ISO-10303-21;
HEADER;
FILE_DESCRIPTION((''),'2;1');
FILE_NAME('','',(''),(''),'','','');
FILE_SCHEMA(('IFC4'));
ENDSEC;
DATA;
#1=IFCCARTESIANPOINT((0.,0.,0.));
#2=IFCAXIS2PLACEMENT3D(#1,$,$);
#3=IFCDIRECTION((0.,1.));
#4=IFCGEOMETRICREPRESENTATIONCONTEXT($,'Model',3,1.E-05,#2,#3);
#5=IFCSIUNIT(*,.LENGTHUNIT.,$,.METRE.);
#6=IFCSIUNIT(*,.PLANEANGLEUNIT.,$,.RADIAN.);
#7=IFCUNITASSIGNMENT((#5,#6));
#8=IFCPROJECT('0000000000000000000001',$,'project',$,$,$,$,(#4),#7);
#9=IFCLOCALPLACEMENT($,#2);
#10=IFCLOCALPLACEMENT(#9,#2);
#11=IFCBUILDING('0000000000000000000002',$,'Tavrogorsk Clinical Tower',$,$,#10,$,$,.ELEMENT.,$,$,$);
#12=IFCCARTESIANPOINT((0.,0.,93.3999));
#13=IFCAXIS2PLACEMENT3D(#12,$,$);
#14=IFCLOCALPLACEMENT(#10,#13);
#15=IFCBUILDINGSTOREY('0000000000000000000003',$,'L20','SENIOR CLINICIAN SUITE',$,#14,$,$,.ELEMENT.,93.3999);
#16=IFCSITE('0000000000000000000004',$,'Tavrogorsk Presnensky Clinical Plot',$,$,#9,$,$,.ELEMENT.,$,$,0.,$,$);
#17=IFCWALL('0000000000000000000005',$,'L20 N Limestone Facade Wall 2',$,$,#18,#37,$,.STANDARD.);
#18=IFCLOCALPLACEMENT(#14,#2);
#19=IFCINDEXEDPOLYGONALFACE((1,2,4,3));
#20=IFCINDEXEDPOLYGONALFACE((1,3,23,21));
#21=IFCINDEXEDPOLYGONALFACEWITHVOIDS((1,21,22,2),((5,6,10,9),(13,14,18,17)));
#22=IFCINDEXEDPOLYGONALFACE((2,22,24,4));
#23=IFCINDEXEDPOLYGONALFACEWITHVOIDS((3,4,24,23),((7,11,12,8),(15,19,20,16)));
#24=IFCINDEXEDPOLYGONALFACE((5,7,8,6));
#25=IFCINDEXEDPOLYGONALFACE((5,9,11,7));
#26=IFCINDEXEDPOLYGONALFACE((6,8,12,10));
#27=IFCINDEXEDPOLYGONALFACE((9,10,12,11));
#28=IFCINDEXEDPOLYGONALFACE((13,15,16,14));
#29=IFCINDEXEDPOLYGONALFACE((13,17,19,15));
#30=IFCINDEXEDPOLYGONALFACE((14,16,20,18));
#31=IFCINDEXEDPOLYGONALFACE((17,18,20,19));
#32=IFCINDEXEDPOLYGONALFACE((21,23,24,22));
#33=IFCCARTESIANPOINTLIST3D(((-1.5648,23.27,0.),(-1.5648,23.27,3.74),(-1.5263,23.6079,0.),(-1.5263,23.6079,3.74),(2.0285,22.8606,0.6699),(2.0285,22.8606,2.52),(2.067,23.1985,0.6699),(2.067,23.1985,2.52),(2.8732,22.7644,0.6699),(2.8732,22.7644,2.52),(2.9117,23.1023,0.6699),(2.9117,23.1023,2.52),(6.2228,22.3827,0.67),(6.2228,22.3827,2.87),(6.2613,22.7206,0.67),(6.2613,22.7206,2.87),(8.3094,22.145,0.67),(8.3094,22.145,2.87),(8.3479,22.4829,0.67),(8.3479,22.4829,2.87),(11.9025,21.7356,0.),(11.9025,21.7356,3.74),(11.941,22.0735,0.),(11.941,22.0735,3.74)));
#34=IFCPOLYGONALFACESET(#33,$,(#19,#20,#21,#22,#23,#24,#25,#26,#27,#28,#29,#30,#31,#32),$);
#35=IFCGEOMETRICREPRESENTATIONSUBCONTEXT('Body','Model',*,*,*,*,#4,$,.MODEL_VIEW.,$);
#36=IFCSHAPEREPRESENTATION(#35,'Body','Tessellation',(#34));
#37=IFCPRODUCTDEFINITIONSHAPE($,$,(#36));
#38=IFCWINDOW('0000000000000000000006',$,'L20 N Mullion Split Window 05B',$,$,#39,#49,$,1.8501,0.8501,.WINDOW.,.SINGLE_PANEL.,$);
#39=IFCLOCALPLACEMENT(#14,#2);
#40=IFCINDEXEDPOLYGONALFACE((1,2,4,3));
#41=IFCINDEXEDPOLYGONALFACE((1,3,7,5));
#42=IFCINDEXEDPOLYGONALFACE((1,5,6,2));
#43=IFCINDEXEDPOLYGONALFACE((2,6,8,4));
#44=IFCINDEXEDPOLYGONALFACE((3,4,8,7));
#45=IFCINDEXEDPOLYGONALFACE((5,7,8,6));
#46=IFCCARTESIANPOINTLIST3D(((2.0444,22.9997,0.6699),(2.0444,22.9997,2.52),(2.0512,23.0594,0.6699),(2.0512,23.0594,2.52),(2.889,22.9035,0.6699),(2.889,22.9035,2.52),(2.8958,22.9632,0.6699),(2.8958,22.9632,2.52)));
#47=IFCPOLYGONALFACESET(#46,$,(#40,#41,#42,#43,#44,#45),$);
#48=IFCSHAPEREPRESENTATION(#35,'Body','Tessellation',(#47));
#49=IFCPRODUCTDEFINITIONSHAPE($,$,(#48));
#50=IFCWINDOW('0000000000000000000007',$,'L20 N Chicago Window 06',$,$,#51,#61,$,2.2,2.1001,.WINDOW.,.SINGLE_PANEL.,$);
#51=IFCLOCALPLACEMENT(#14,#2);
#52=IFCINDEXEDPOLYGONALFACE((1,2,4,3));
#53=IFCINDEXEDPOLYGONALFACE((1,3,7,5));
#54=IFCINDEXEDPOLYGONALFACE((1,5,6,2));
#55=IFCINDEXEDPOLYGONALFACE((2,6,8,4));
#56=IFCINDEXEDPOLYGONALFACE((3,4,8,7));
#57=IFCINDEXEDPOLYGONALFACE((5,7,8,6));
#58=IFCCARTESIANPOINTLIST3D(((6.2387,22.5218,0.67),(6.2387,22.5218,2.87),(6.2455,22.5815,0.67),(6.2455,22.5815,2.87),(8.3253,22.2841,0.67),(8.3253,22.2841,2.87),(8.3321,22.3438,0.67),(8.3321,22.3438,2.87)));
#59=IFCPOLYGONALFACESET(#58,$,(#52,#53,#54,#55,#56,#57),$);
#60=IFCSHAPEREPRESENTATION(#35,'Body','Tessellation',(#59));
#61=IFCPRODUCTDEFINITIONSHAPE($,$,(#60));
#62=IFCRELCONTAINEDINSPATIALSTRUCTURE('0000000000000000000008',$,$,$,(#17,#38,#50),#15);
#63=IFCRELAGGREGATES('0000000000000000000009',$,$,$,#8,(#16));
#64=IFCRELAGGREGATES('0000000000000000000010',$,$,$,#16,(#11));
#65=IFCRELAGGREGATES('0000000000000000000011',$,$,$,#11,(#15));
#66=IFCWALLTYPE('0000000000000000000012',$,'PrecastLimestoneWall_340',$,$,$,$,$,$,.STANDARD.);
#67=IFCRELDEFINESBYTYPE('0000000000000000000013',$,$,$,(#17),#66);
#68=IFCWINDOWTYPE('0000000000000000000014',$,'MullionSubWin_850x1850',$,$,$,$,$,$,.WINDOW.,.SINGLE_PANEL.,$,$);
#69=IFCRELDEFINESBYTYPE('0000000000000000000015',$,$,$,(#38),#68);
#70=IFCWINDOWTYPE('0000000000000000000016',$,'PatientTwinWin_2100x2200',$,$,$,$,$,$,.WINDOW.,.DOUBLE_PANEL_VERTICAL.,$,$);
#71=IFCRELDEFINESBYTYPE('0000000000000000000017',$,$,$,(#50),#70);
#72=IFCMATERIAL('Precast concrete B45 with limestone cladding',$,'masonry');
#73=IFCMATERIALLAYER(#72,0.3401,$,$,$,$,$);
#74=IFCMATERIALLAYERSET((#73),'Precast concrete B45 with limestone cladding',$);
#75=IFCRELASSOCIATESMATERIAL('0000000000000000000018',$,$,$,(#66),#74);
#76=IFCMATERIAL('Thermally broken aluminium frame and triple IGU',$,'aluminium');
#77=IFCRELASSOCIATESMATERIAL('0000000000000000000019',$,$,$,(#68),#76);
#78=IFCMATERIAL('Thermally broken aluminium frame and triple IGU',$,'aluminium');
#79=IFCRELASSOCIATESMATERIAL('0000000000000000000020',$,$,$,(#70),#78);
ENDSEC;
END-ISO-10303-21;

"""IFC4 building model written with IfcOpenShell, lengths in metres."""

from ifc_helpers import new_model, si_unit, direction, frame, frame_2d, origin, place, context, subcontext, project, spatial, rectangle, extrude, material, layer, layer_set, type_object, element, fill, save


model = new_model("IFC4")

# Units and contexts
model_context = context("Model", 3, precision=1e-05, world=origin(), true_north=direction((0.0, 1.0)))
body_context = subcontext(model_context, "Body", "Model", "MODEL_VIEW")
ifc_project = project(units=[si_unit("LENGTHUNIT", "METRE"), si_unit("PLANEANGLEUNIT", "RADIAN")], contexts=[model_context])

# Site, building, storey
site_placement = place(None, origin())
site = spatial("IfcSite", under=ifc_project, at=site_placement, Name="Tavrogorsk Presnensky Clinical Plot", CompositionType="ELEMENT", RefElevation=0.0)
building_placement = place(site_placement, origin())
building = spatial("IfcBuilding", under=site, at=building_placement, Name="Tavrogorsk Clinical Tower", CompositionType="ELEMENT")
storey_placement = place(building_placement, frame((0.0, 0.0, 93.3999)))
storey = spatial("IfcBuildingStorey", under=building, at=storey_placement, Name="L20", Description="SENIOR CLINICIAN SUITE", CompositionType="ELEMENT", Elevation=93.3999)

# Wall, openings, windows
ifc_material_1 = material(Name="Precast concrete B45 with limestone cladding", Category="masonry")
ifc_layer_1 = layer(ifc_material_1, 0.3401)
ifc_layer_set_1 = layer_set([ifc_layer_1], Name="Precast concrete B45 with limestone cladding")
wall_type_1 = type_object("IfcWallType", Name="PrecastLimestoneWall_340", PredefinedType="STANDARD", material=ifc_layer_set_1)
wall_1_placement = place(storey_placement, frame((11.9219, 21.9045, 0.0), z_axis=(0.0, 0.0, 1.0), x_axis=(-0.993572, 0.113205, 0.0)))
wall_1 = element("IfcWall", 1, at=wall_1_placement, inside=storey, type_object=wall_type_1, Name="L20 N Limestone Facade Wall 2", PredefinedType="STANDARD", context=body_context, shape_type="SweptSolid", body=[
    extrude(rectangle(XDim=13.5544, YDim=0.3401, at=frame_2d((6.7773, 0.0))), origin(), (0.0, 0.0, 1.0), 3.74),
])
opening_1_placement = place(wall_1_placement, frame((9.0879, 0.0, 0.6699)))
opening_1 = element("IfcOpeningElement", 2, at=opening_1_placement, cuts=wall_1, PredefinedType="OPENING", context=body_context, shape_type="SweptSolid", body=[
    extrude(rectangle(XDim=0.8501, YDim=1.8501, at=frame_2d((0.425, 0.925))), frame((0.0, 0.1799, 0.0), z_axis=(0.0, -1.0, 0.0), x_axis=(1.0, 0.0, 0.0)), (0.0, 0.0, 1.0), 0.3601),
])
opening_2_placement = place(wall_1_placement, frame((3.6165, 0.0, 0.6699)))
opening_2 = element("IfcOpeningElement", 3, at=opening_2_placement, cuts=wall_1, PredefinedType="OPENING", context=body_context, shape_type="SweptSolid", body=[
    extrude(rectangle(XDim=2.1001, YDim=2.2, at=frame_2d((1.05, 1.1001))), frame((0.0, 0.1799, 0.0), z_axis=(0.0, -1.0, 0.0), x_axis=(1.0, 0.0, 0.0)), (0.0, 0.0, 1.0), 0.3601),
])
ifc_material_2 = material(Name="Thermally broken aluminium frame and triple IGU", Category="aluminium")
window_type_1 = type_object("IfcWindowType", Name="MullionSubWin_850x1850", PartitioningType="SINGLE_PANEL", PredefinedType="WINDOW", material=ifc_material_2)
window_1_placement = place(opening_1_placement, origin())
window_1 = element("IfcWindow", 4, at=window_1_placement, inside=storey, type_object=window_type_1, Name="L20 N Mullion Split Window 05B", OverallHeight=1.8501, OverallWidth=0.8501, PartitioningType="SINGLE_PANEL", PredefinedType="WINDOW", context=body_context, shape_type="SweptSolid", body=[
    extrude(rectangle(XDim=0.8501, YDim=1.8501, at=frame_2d((0.425, 0.925))), frame((0.0, 0.03, 0.0), z_axis=(0.0, -1.0, 0.0), x_axis=(1.0, 0.0, 0.0)), (0.0, 0.0, 1.0), 0.0601),
])
fill(opening_1, window_1)
ifc_material_3 = material(Name="Thermally broken aluminium frame and triple IGU", Category="aluminium")
window_type_2 = type_object("IfcWindowType", Name="PatientTwinWin_2100x2200", PartitioningType="DOUBLE_PANEL_VERTICAL", PredefinedType="WINDOW", material=ifc_material_3)
window_2_placement = place(opening_2_placement, origin())
window_2 = element("IfcWindow", 5, at=window_2_placement, inside=storey, type_object=window_type_2, Name="L20 N Chicago Window 06", OverallHeight=2.2, OverallWidth=2.1001, PartitioningType="SINGLE_PANEL", PredefinedType="WINDOW", context=body_context, shape_type="SweptSolid", body=[
    extrude(rectangle(XDim=2.1001, YDim=2.2, at=frame_2d((1.05, 1.1001))), frame((0.0, 0.03, 0.0), z_axis=(0.0, -1.0, 0.0), x_axis=(1.0, 0.0, 0.0)), (0.0, 0.0, 1.0), 0.0601),
])
fill(opening_2, window_2)

save(model, "model.ifc")
